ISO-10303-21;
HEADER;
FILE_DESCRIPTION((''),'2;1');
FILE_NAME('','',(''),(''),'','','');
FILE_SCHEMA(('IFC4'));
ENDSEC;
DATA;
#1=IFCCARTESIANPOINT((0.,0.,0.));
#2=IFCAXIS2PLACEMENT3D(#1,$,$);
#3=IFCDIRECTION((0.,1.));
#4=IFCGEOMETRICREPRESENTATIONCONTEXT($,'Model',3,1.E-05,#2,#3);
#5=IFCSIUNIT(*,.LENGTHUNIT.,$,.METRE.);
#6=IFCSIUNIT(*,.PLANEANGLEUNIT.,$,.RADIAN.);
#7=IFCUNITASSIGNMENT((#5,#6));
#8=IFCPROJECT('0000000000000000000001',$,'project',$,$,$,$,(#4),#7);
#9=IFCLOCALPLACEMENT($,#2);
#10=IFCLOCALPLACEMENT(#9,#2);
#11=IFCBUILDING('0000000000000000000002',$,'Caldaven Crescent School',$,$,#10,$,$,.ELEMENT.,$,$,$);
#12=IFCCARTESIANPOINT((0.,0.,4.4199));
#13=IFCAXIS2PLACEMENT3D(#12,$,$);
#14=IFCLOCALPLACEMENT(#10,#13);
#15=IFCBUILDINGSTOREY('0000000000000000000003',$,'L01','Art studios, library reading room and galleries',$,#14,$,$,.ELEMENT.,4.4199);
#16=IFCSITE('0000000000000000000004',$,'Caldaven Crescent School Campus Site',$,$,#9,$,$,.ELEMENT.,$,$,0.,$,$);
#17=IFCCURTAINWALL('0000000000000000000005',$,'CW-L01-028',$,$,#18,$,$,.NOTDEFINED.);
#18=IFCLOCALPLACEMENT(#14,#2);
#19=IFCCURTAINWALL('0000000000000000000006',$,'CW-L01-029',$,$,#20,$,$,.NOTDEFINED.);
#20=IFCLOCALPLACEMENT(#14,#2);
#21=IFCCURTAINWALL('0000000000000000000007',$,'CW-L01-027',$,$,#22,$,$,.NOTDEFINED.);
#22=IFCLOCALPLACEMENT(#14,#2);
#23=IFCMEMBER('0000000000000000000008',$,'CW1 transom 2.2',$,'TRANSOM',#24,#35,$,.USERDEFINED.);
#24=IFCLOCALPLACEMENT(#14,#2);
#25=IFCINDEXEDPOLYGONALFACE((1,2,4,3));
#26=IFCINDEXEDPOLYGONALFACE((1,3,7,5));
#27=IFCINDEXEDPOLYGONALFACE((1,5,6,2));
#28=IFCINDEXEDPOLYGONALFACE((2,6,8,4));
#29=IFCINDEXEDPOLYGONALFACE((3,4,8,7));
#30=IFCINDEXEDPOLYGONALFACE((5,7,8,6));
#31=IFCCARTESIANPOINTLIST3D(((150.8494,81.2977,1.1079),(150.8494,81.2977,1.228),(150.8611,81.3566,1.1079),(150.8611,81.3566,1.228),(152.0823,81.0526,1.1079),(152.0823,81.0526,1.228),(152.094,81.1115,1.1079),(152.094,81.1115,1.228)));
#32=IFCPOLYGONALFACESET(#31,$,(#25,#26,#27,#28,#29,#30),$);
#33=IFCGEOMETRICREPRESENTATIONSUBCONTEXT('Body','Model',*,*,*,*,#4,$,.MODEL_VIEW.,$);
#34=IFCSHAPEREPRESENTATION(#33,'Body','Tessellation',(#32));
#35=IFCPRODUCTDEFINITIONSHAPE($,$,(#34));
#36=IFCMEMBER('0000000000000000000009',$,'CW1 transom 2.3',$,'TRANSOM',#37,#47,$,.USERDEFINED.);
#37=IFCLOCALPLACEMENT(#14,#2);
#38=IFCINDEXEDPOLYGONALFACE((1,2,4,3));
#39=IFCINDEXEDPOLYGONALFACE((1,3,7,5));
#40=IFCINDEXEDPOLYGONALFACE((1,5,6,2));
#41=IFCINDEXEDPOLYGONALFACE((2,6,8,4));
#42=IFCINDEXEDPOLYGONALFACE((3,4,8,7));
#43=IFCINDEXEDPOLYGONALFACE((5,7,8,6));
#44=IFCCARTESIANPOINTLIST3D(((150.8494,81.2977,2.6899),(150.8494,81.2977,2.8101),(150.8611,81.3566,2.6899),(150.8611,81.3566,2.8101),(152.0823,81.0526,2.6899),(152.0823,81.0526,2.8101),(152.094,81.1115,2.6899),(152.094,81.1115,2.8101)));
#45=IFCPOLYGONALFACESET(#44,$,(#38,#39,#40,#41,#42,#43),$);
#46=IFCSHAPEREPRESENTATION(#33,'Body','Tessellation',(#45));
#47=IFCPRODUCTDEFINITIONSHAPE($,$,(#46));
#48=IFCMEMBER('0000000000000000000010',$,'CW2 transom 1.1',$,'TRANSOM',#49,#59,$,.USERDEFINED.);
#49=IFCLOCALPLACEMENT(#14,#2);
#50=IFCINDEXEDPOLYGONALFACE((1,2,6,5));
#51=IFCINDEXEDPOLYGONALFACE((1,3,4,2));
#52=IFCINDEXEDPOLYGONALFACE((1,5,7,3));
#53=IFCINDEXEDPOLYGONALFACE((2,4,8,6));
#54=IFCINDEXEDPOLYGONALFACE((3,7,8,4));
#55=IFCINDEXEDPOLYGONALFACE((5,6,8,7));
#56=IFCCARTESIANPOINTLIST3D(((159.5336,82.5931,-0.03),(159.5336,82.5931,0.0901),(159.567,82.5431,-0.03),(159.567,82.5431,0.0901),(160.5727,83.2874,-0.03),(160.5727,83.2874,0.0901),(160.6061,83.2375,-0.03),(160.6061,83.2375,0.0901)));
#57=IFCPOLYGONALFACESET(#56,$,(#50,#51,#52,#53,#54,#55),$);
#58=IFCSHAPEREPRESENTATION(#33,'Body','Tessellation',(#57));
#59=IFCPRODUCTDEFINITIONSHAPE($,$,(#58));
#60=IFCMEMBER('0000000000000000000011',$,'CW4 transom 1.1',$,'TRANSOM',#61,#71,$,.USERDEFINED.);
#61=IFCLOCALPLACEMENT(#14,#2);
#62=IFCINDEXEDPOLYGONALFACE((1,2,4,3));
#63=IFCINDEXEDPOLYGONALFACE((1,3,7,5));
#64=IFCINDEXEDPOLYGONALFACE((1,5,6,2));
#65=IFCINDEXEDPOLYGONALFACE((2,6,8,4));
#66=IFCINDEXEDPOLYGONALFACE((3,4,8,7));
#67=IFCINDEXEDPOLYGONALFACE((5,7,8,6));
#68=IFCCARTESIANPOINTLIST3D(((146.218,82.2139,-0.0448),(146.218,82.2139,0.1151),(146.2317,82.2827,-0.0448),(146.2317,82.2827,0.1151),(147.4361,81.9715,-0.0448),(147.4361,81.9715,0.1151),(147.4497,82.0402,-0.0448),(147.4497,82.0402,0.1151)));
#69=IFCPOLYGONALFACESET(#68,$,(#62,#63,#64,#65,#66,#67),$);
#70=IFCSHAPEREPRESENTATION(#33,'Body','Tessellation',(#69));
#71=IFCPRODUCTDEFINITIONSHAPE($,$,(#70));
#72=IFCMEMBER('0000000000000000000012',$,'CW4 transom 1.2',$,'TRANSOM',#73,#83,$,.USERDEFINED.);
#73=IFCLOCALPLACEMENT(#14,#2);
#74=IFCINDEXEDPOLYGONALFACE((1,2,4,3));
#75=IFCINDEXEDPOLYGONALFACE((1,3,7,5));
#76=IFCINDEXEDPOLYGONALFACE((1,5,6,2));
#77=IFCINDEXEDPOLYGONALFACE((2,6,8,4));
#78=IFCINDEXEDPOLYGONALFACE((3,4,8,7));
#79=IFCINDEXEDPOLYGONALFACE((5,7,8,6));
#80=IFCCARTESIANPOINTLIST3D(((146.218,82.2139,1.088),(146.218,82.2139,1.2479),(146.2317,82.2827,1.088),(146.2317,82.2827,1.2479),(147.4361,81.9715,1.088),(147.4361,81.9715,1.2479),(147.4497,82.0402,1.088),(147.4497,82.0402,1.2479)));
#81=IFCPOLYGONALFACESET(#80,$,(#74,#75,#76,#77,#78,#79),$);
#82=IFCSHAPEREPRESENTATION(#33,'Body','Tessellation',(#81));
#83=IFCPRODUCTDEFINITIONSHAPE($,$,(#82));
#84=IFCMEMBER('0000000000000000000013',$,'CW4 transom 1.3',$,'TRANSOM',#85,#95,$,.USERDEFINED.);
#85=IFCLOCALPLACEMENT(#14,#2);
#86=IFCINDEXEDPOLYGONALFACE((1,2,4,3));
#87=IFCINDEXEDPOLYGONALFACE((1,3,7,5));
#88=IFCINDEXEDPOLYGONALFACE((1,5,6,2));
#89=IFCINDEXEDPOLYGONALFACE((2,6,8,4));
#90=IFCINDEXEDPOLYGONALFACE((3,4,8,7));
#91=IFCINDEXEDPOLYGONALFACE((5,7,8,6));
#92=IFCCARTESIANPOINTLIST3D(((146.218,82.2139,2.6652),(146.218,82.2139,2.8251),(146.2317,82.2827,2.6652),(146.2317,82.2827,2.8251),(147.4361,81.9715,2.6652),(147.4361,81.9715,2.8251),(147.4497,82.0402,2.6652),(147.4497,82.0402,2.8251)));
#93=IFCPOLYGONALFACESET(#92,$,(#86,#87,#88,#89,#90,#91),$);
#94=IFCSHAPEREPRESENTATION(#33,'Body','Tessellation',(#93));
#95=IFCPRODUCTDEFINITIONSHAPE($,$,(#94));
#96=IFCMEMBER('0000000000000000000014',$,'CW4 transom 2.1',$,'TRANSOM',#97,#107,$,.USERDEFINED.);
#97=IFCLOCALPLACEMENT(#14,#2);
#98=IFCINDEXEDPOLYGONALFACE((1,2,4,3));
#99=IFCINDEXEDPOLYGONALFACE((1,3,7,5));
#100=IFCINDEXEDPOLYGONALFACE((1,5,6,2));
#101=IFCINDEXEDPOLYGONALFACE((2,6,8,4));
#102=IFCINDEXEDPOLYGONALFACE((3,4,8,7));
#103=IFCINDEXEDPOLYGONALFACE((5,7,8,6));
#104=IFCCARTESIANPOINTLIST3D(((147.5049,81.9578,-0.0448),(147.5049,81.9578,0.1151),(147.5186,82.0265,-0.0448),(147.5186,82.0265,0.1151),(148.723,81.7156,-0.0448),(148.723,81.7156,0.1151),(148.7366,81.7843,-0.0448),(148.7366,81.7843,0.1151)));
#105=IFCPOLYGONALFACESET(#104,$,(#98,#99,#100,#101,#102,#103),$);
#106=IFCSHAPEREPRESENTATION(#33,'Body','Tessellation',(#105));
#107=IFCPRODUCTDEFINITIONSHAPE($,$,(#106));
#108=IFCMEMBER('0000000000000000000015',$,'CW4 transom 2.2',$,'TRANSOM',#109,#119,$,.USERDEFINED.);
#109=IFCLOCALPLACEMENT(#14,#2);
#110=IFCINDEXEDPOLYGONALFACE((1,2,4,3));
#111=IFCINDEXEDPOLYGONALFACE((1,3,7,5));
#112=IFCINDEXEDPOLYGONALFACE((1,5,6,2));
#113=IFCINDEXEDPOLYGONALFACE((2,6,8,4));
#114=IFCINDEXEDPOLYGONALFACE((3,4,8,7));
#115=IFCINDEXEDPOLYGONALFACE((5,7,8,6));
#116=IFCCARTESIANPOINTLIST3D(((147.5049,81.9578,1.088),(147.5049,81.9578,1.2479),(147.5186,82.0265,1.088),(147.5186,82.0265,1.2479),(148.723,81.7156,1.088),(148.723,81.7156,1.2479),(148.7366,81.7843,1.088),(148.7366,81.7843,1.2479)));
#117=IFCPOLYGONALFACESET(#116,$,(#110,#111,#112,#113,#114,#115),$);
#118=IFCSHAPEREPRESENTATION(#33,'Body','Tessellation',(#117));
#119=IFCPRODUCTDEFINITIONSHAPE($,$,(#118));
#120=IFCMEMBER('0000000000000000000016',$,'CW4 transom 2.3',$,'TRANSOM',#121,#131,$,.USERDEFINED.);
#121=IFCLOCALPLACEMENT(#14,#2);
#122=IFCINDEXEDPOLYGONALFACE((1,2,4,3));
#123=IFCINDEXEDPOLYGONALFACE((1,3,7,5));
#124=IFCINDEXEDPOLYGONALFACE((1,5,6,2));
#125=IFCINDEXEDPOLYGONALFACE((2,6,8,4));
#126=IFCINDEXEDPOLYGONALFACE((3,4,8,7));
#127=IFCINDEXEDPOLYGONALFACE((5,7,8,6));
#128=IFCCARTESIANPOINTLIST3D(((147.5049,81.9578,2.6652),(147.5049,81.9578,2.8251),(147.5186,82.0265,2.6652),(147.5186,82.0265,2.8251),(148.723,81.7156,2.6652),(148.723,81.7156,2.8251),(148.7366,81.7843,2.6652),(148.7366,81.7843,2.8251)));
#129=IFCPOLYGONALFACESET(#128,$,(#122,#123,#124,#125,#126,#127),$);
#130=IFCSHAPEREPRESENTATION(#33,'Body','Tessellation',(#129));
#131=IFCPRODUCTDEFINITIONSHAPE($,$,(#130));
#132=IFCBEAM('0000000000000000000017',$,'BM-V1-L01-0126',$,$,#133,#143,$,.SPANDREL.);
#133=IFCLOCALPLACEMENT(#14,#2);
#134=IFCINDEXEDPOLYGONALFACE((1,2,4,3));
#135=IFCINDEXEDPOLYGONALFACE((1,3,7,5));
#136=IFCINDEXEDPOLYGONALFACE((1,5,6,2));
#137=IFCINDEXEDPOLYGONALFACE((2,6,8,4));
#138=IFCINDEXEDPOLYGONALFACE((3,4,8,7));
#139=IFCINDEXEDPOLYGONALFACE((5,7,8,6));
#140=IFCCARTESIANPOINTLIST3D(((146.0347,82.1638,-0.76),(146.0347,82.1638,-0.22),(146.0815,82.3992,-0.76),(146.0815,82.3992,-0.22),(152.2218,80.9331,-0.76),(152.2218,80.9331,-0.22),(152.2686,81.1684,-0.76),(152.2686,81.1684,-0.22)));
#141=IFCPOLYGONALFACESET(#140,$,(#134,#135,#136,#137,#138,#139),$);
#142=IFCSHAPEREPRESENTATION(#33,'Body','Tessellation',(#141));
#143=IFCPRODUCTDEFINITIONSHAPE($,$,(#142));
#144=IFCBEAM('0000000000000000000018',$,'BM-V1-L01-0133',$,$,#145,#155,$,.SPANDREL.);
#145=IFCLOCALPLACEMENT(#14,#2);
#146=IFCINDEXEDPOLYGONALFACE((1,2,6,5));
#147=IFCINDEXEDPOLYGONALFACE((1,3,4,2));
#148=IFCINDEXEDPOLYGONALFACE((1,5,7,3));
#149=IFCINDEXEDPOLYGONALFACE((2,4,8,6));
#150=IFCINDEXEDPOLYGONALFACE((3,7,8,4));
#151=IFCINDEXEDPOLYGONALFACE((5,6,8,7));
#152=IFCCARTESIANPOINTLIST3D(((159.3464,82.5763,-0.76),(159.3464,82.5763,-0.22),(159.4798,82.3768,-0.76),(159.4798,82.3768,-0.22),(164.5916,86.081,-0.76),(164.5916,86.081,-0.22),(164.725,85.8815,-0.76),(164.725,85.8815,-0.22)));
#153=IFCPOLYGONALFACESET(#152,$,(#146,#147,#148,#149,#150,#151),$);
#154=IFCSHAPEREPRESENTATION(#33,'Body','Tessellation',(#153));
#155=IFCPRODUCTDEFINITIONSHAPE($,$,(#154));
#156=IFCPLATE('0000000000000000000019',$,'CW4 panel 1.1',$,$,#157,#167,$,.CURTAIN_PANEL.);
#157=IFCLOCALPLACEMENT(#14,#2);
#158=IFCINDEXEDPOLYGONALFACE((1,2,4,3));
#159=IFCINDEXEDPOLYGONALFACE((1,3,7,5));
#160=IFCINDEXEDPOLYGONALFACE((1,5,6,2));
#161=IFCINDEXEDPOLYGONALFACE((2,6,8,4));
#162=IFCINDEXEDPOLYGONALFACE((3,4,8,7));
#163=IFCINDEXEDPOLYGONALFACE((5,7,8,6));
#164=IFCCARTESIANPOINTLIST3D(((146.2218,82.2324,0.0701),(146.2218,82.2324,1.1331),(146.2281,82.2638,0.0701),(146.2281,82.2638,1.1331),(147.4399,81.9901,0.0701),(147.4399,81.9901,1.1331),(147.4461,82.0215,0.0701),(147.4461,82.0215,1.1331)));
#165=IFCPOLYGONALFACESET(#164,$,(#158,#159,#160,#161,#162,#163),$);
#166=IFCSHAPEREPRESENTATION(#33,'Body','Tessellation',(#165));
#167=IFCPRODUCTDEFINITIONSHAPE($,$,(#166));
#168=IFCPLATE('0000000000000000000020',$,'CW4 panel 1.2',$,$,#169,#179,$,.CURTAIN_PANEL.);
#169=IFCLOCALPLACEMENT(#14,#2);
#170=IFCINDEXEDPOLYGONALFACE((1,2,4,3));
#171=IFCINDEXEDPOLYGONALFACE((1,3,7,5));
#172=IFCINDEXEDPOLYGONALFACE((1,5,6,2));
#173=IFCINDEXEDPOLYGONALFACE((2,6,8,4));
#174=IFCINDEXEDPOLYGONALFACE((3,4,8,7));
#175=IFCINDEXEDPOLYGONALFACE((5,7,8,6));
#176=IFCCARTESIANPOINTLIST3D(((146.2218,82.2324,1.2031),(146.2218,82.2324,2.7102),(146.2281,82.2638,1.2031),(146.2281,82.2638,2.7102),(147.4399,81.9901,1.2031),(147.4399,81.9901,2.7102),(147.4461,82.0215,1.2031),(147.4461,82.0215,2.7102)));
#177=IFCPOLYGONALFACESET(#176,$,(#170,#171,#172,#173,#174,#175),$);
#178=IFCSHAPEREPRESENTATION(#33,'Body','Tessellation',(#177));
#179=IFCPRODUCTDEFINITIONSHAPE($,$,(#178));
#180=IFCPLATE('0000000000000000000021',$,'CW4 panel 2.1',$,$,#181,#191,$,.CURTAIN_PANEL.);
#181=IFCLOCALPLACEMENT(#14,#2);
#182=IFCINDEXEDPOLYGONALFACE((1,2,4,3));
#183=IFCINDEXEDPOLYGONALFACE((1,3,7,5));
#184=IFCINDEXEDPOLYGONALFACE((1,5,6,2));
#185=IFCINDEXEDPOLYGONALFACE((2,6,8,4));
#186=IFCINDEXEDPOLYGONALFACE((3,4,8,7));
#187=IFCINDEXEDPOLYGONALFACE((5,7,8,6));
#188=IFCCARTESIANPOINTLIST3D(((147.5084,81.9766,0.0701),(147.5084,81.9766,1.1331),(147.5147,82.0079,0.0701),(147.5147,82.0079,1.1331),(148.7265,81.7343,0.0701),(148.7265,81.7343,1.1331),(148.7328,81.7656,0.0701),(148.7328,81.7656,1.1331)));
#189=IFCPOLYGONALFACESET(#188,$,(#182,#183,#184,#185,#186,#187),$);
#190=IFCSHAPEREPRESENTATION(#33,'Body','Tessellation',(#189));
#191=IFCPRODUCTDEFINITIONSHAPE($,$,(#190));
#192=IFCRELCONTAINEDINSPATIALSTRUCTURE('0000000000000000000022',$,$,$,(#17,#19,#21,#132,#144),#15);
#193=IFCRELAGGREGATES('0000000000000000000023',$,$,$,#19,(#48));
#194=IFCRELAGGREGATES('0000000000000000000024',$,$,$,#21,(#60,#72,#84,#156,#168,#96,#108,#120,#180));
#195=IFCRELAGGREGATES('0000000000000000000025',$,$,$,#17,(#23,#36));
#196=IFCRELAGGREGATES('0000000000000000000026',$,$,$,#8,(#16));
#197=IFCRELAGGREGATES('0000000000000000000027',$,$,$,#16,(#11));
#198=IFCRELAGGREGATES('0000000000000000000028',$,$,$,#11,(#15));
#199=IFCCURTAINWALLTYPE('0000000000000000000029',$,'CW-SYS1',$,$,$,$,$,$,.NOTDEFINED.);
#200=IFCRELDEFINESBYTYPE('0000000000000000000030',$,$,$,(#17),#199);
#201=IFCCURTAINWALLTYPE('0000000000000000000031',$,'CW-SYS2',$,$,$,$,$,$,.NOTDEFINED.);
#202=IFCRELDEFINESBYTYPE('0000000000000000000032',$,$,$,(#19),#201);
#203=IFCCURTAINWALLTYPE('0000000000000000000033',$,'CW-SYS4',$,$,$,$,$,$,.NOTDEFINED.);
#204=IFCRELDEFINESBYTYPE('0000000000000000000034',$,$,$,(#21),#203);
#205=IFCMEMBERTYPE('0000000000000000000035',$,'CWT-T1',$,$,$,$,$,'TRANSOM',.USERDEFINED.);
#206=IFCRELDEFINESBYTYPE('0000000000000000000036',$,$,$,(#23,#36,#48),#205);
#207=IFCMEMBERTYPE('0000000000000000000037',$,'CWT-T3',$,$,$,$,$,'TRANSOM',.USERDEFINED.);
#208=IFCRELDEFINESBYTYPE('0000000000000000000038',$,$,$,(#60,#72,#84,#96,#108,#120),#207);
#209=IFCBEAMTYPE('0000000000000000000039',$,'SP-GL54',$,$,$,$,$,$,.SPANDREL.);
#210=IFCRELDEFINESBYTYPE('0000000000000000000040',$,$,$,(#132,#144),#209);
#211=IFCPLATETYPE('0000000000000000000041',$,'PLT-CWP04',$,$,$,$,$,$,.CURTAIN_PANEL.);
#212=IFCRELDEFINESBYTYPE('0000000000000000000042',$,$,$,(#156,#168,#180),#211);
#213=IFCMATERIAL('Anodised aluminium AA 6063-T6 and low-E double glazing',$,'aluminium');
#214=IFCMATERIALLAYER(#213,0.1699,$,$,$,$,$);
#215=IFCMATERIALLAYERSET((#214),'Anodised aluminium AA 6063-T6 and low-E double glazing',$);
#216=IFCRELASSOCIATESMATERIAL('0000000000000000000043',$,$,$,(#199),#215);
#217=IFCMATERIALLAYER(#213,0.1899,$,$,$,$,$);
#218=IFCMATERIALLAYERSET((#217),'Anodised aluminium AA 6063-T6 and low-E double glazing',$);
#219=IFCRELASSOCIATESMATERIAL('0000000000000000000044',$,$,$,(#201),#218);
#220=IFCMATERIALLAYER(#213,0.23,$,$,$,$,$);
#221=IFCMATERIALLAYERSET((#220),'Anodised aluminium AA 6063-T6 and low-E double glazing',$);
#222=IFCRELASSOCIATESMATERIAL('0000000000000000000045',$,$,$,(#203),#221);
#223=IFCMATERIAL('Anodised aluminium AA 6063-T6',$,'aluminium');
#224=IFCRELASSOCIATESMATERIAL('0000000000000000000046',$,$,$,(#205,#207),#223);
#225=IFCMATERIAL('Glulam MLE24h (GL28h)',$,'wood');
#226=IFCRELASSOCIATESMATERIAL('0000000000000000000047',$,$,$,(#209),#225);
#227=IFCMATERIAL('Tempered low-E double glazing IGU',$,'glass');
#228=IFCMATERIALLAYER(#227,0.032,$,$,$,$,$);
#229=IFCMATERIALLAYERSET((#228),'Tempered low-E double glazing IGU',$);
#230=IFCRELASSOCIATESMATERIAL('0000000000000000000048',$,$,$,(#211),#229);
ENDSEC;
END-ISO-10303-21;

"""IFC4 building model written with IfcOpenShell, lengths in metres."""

from ifc_helpers import new_model, si_unit, direction, frame, origin, origin_2d, place, context, subcontext, project, spatial, rectangle, extrude, material, layer, layer_set, material_profile, profile_set, type_object, element, aggregate, save


model = new_model("IFC4")

# Units and contexts
model_context = context("Model", 3, precision=1e-05, world=origin(), true_north=direction((0.0, 1.0)))
body_context = subcontext(model_context, "Body", "Model", "MODEL_VIEW")
ifc_project = project(units=[si_unit("LENGTHUNIT", "METRE"), si_unit("PLANEANGLEUNIT", "RADIAN")], contexts=[model_context])

# Site, building, storey
site_placement = place(None, origin())
site = spatial("IfcSite", under=ifc_project, at=site_placement, Name="Caldaven Crescent School Campus Site", CompositionType="ELEMENT", RefElevation=0.0)
building_placement = place(site_placement, origin())
building = spatial("IfcBuilding", under=site, at=building_placement, Name="Caldaven Crescent School", CompositionType="ELEMENT")
storey_placement = place(building_placement, frame((0.0, 0.0, 4.4199)))
storey = spatial("IfcBuildingStorey", under=building, at=storey_placement, Name="L01", Description="Art studios, library reading room and galleries", CompositionType="ELEMENT", Elevation=4.4199)

# Curtain wall
ifc_material_1 = material(Name="Anodised aluminium AA 6063-T6 and low-E double glazing", Category="aluminium")
ifc_layer_1 = layer(ifc_material_1, 0.1699)
ifc_layer_set_1 = layer_set([ifc_layer_1], Name="Anodised aluminium AA 6063-T6 and low-E double glazing")
curtain_wall_type_1 = type_object("IfcCurtainWallType", Name="CW-SYS1", PredefinedType="NOTDEFINED", material=ifc_layer_set_1)
curtain_wall_1_placement = place(storey_placement, origin())
curtain_wall_1 = element("IfcCurtainWall", 1, at=curtain_wall_1_placement, inside=storey, type_object=curtain_wall_type_1, Name="CW-L01-028", PredefinedType="NOTDEFINED")
ifc_material_2 = material(Name="Anodised aluminium AA 6063-T6", Category="aluminium")

# Curtain wall
ifc_layer_2 = layer(ifc_material_1, 0.1899)
ifc_layer_set_2 = layer_set([ifc_layer_2], Name="Anodised aluminium AA 6063-T6 and low-E double glazing")
curtain_wall_type_2 = type_object("IfcCurtainWallType", Name="CW-SYS2", PredefinedType="NOTDEFINED", material=ifc_layer_set_2)
curtain_wall_2_placement = place(storey_placement, origin())
curtain_wall_2 = element("IfcCurtainWall", 2, at=curtain_wall_2_placement, inside=storey, type_object=curtain_wall_type_2, Name="CW-L01-029", PredefinedType="NOTDEFINED")

# Curtain wall
ifc_layer_3 = layer(ifc_material_1, 0.23)
ifc_layer_set_3 = layer_set([ifc_layer_3], Name="Anodised aluminium AA 6063-T6 and low-E double glazing")
curtain_wall_type_3 = type_object("IfcCurtainWallType", Name="CW-SYS4", PredefinedType="NOTDEFINED", material=ifc_layer_set_3)
curtain_wall_3_placement = place(storey_placement, origin())
curtain_wall_3 = element("IfcCurtainWall", 3, at=curtain_wall_3_placement, inside=storey, type_object=curtain_wall_type_3, Name="CW-L01-027", PredefinedType="NOTDEFINED")

# Members
ifc_material_profile_1 = material_profile(ifc_material_2, rectangle(XDim=0.0601, YDim=0.1201, at=origin_2d()), Name="CWT 60x120")
ifc_profile_set_1 = profile_set([ifc_material_profile_1], Name="Anodised aluminium AA 6063-T6")
member_type_1 = type_object("IfcMemberType", Name="CWT-T1", ElementType="TRANSOM", PredefinedType="USERDEFINED", material=ifc_profile_set_1)
member_1_placement = place(storey_placement, frame((150.8552, 81.3271, 1.168), z_axis=(0.980804, -0.194996, 0.0), x_axis=(0.194996, 0.980804, 0.0)))
member_1 = element("IfcMember", 4, at=member_1_placement, type_object=member_type_1, Name="CW1 transom 2.2", ObjectType="TRANSOM", PredefinedType="USERDEFINED", context=body_context, shape_type="SweptSolid", body=[
    extrude(rectangle(XDim=0.0601, YDim=0.1201, at=origin_2d()), origin(), (0.0, 0.0, 1.0), 1.2571),
])
member_2_placement = place(storey_placement, frame((150.8552, 81.3271, 2.75), z_axis=(0.980804, -0.194996, 0.0), x_axis=(0.194996, 0.980804, 0.0)))
member_2 = element("IfcMember", 5, at=member_2_placement, type_object=member_type_1, Name="CW1 transom 2.3", ObjectType="TRANSOM", PredefinedType="USERDEFINED", context=body_context, shape_type="SweptSolid", body=[
    extrude(rectangle(XDim=0.0601, YDim=0.1201, at=origin_2d()), origin(), (0.0, 0.0, 1.0), 1.2571),
])
member_3_placement = place(storey_placement, frame((159.5503, 82.5681, 0.03), z_axis=(0.831449, 0.555602, 0.0), x_axis=(-0.555602, 0.831449, 0.0)))
member_3 = element("IfcMember", 6, at=member_3_placement, type_object=member_type_1, Name="CW2 transom 1.1", ObjectType="TRANSOM", PredefinedType="USERDEFINED", context=body_context, shape_type="SweptSolid", body=[
    extrude(rectangle(XDim=0.0601, YDim=0.1201, at=origin_2d()), origin(), (0.0, 0.0, 1.0), 1.2498),
])
aggregate(curtain_wall_2, [member_3])
ifc_material_profile_2 = material_profile(ifc_material_2, rectangle(XDim=0.0701, YDim=0.1599, at=origin_2d()), Name="CWT 70x160")
ifc_profile_set_2 = profile_set([ifc_material_profile_2], Name="Anodised aluminium AA 6063-T6")
member_type_2 = type_object("IfcMemberType", Name="CWT-T3", ElementType="TRANSOM", PredefinedType="USERDEFINED", material=ifc_profile_set_2)
member_4_placement = place(storey_placement, frame((146.2249, 82.2483, 0.0352), z_axis=(0.980762, -0.195209, 0.0), x_axis=(0.195209, 0.980762, 0.0)))
member_4 = element("IfcMember", 7, at=member_4_placement, type_object=member_type_2, Name="CW4 transom 1.1", ObjectType="TRANSOM", PredefinedType="USERDEFINED", context=body_context, shape_type="SweptSolid", body=[
    extrude(rectangle(XDim=0.0701, YDim=0.1599, at=origin_2d()), origin(), (0.0, 0.0, 1.0), 1.2419),
])
member_5_placement = place(storey_placement, frame((146.2249, 82.2483, 1.168), z_axis=(0.980762, -0.195209, 0.0), x_axis=(0.195209, 0.980762, 0.0)))
member_5 = element("IfcMember", 8, at=member_5_placement, type_object=member_type_2, Name="CW4 transom 1.2", ObjectType="TRANSOM", PredefinedType="USERDEFINED", context=body_context, shape_type="SweptSolid", body=[
    extrude(rectangle(XDim=0.0701, YDim=0.1599, at=origin_2d()), origin(), (0.0, 0.0, 1.0), 1.2419),
])
member_6_placement = place(storey_placement, frame((146.2249, 82.2483, 2.7451), z_axis=(0.980762, -0.195209, 0.0), x_axis=(0.195209, 0.980762, 0.0)))
member_6 = element("IfcMember", 9, at=member_6_placement, type_object=member_type_2, Name="CW4 transom 1.3", ObjectType="TRANSOM", PredefinedType="USERDEFINED", context=body_context, shape_type="SweptSolid", body=[
    extrude(rectangle(XDim=0.0701, YDim=0.1599, at=origin_2d()), origin(), (0.0, 0.0, 1.0), 1.2419),
])
member_7_placement = place(storey_placement, frame((147.5117, 81.9922, 0.0352), z_axis=(0.980799, -0.19502, 0.0), x_axis=(0.19502, 0.980799, 0.0)))
member_7 = element("IfcMember", 10, at=member_7_placement, type_object=member_type_2, Name="CW4 transom 2.1", ObjectType="TRANSOM", PredefinedType="USERDEFINED", context=body_context, shape_type="SweptSolid", body=[
    extrude(rectangle(XDim=0.0701, YDim=0.1599, at=origin_2d()), origin(), (0.0, 0.0, 1.0), 1.2419),
])
member_8_placement = place(storey_placement, frame((147.5117, 81.9922, 1.168), z_axis=(0.980799, -0.19502, 0.0), x_axis=(0.19502, 0.980799, 0.0)))
member_8 = element("IfcMember", 11, at=member_8_placement, type_object=member_type_2, Name="CW4 transom 2.2", ObjectType="TRANSOM", PredefinedType="USERDEFINED", context=body_context, shape_type="SweptSolid", body=[
    extrude(rectangle(XDim=0.0701, YDim=0.1599, at=origin_2d()), origin(), (0.0, 0.0, 1.0), 1.2419),
])
member_9_placement = place(storey_placement, frame((147.5117, 81.9922, 2.7451), z_axis=(0.980799, -0.19502, 0.0), x_axis=(0.19502, 0.980799, 0.0)))
member_9 = element("IfcMember", 12, at=member_9_placement, type_object=member_type_2, Name="CW4 transom 2.3", ObjectType="TRANSOM", PredefinedType="USERDEFINED", context=body_context, shape_type="SweptSolid", body=[
    extrude(rectangle(XDim=0.0701, YDim=0.1599, at=origin_2d()), origin(), (0.0, 0.0, 1.0), 1.2419),
])

# Beams
ifc_material_3 = material(Name="Glulam MLE24h (GL28h)", Category="wood")
ifc_material_profile_3 = material_profile(ifc_material_3, rectangle(XDim=0.24, YDim=0.54, at=origin_2d()), Name="MLE 240x540")
ifc_profile_set_3 = profile_set([ifc_material_profile_3], Name="Glulam MLE24h (GL28h)")
beam_type = type_object("IfcBeamType", Name="SP-GL54", PredefinedType="SPANDREL", material=ifc_profile_set_3)
for number, where, z_axis, x_axis, name in (
    (13, (146.0581, 82.2815, -0.49), (0.980784, -0.195096, 0.0), (0.195096, 0.980784, 0.0), "BM-V1-L01-0126"),
    (14, (159.4131, 82.4766, -0.49), (0.831472, 0.555566, 0.0), (-0.555566, 0.831472, 0.0), "BM-V1-L01-0133"),
):
    element("IfcBeam", number, at=place(storey_placement, frame(where, z_axis=z_axis, x_axis=x_axis)), inside=storey, type_object=beam_type, Name=name, PredefinedType="SPANDREL", context=body_context, shape_type="SweptSolid", body=[
        extrude(rectangle(XDim=0.24, YDim=0.54, at=origin_2d()), origin(), (0.0, 0.0, 1.0), 6.3083),
    ])

# Plates
ifc_material_4 = material(Name="Tempered low-E double glazing IGU", Category="glass")
ifc_layer_4 = layer(ifc_material_4, 0.032)
ifc_layer_set_4 = layer_set([ifc_layer_4], Name="Tempered low-E double glazing IGU")
plate_type_1 = type_object("IfcPlateType", Name="PLT-CWP04", PredefinedType="CURTAIN_PANEL", material=ifc_layer_set_4)
plate_1_placement = place(storey_placement, frame((146.834, 82.127, 0.0701), z_axis=(0.0, 0.0, 1.0), x_axis=(0.980785, -0.19509, 0.0)))
plate_1 = element("IfcPlate", 15, at=plate_1_placement, type_object=plate_type_1, Name="CW4 panel 1.1", PredefinedType="CURTAIN_PANEL", context=body_context, shape_type="SweptSolid", body=[
    extrude(rectangle(XDim=1.2419, YDim=0.032, at=origin_2d()), origin(), (0.0, 0.0, 1.0), 1.063),
])
plate_2_placement = place(storey_placement, frame((146.834, 82.127, 1.2031), z_axis=(0.0, 0.0, 1.0), x_axis=(0.980785, -0.19509, 0.0)))
plate_2 = element("IfcPlate", 16, at=plate_2_placement, type_object=plate_type_1, Name="CW4 panel 1.2", PredefinedType="CURTAIN_PANEL", context=body_context, shape_type="SweptSolid", body=[
    extrude(rectangle(XDim=1.2419, YDim=0.032, at=origin_2d()), origin(), (0.0, 0.0, 1.0), 1.5071),
])
plate_3_placement = place(storey_placement, frame((148.1206, 81.8711, 0.0701), z_axis=(0.0, 0.0, 1.0), x_axis=(0.980785, -0.19509, 0.0)))
plate_3 = element("IfcPlate", 17, at=plate_3_placement, type_object=plate_type_1, Name="CW4 panel 2.1", PredefinedType="CURTAIN_PANEL", context=body_context, shape_type="SweptSolid", body=[
    extrude(rectangle(XDim=1.2419, YDim=0.032, at=origin_2d()), origin(), (0.0, 0.0, 1.0), 1.063),
])
aggregate(curtain_wall_3, [member_4, member_5, member_6, plate_1, plate_2, member_7, member_8, member_9, plate_3])
aggregate(curtain_wall_1, [member_1, member_2])

save(model, "model.ifc")
